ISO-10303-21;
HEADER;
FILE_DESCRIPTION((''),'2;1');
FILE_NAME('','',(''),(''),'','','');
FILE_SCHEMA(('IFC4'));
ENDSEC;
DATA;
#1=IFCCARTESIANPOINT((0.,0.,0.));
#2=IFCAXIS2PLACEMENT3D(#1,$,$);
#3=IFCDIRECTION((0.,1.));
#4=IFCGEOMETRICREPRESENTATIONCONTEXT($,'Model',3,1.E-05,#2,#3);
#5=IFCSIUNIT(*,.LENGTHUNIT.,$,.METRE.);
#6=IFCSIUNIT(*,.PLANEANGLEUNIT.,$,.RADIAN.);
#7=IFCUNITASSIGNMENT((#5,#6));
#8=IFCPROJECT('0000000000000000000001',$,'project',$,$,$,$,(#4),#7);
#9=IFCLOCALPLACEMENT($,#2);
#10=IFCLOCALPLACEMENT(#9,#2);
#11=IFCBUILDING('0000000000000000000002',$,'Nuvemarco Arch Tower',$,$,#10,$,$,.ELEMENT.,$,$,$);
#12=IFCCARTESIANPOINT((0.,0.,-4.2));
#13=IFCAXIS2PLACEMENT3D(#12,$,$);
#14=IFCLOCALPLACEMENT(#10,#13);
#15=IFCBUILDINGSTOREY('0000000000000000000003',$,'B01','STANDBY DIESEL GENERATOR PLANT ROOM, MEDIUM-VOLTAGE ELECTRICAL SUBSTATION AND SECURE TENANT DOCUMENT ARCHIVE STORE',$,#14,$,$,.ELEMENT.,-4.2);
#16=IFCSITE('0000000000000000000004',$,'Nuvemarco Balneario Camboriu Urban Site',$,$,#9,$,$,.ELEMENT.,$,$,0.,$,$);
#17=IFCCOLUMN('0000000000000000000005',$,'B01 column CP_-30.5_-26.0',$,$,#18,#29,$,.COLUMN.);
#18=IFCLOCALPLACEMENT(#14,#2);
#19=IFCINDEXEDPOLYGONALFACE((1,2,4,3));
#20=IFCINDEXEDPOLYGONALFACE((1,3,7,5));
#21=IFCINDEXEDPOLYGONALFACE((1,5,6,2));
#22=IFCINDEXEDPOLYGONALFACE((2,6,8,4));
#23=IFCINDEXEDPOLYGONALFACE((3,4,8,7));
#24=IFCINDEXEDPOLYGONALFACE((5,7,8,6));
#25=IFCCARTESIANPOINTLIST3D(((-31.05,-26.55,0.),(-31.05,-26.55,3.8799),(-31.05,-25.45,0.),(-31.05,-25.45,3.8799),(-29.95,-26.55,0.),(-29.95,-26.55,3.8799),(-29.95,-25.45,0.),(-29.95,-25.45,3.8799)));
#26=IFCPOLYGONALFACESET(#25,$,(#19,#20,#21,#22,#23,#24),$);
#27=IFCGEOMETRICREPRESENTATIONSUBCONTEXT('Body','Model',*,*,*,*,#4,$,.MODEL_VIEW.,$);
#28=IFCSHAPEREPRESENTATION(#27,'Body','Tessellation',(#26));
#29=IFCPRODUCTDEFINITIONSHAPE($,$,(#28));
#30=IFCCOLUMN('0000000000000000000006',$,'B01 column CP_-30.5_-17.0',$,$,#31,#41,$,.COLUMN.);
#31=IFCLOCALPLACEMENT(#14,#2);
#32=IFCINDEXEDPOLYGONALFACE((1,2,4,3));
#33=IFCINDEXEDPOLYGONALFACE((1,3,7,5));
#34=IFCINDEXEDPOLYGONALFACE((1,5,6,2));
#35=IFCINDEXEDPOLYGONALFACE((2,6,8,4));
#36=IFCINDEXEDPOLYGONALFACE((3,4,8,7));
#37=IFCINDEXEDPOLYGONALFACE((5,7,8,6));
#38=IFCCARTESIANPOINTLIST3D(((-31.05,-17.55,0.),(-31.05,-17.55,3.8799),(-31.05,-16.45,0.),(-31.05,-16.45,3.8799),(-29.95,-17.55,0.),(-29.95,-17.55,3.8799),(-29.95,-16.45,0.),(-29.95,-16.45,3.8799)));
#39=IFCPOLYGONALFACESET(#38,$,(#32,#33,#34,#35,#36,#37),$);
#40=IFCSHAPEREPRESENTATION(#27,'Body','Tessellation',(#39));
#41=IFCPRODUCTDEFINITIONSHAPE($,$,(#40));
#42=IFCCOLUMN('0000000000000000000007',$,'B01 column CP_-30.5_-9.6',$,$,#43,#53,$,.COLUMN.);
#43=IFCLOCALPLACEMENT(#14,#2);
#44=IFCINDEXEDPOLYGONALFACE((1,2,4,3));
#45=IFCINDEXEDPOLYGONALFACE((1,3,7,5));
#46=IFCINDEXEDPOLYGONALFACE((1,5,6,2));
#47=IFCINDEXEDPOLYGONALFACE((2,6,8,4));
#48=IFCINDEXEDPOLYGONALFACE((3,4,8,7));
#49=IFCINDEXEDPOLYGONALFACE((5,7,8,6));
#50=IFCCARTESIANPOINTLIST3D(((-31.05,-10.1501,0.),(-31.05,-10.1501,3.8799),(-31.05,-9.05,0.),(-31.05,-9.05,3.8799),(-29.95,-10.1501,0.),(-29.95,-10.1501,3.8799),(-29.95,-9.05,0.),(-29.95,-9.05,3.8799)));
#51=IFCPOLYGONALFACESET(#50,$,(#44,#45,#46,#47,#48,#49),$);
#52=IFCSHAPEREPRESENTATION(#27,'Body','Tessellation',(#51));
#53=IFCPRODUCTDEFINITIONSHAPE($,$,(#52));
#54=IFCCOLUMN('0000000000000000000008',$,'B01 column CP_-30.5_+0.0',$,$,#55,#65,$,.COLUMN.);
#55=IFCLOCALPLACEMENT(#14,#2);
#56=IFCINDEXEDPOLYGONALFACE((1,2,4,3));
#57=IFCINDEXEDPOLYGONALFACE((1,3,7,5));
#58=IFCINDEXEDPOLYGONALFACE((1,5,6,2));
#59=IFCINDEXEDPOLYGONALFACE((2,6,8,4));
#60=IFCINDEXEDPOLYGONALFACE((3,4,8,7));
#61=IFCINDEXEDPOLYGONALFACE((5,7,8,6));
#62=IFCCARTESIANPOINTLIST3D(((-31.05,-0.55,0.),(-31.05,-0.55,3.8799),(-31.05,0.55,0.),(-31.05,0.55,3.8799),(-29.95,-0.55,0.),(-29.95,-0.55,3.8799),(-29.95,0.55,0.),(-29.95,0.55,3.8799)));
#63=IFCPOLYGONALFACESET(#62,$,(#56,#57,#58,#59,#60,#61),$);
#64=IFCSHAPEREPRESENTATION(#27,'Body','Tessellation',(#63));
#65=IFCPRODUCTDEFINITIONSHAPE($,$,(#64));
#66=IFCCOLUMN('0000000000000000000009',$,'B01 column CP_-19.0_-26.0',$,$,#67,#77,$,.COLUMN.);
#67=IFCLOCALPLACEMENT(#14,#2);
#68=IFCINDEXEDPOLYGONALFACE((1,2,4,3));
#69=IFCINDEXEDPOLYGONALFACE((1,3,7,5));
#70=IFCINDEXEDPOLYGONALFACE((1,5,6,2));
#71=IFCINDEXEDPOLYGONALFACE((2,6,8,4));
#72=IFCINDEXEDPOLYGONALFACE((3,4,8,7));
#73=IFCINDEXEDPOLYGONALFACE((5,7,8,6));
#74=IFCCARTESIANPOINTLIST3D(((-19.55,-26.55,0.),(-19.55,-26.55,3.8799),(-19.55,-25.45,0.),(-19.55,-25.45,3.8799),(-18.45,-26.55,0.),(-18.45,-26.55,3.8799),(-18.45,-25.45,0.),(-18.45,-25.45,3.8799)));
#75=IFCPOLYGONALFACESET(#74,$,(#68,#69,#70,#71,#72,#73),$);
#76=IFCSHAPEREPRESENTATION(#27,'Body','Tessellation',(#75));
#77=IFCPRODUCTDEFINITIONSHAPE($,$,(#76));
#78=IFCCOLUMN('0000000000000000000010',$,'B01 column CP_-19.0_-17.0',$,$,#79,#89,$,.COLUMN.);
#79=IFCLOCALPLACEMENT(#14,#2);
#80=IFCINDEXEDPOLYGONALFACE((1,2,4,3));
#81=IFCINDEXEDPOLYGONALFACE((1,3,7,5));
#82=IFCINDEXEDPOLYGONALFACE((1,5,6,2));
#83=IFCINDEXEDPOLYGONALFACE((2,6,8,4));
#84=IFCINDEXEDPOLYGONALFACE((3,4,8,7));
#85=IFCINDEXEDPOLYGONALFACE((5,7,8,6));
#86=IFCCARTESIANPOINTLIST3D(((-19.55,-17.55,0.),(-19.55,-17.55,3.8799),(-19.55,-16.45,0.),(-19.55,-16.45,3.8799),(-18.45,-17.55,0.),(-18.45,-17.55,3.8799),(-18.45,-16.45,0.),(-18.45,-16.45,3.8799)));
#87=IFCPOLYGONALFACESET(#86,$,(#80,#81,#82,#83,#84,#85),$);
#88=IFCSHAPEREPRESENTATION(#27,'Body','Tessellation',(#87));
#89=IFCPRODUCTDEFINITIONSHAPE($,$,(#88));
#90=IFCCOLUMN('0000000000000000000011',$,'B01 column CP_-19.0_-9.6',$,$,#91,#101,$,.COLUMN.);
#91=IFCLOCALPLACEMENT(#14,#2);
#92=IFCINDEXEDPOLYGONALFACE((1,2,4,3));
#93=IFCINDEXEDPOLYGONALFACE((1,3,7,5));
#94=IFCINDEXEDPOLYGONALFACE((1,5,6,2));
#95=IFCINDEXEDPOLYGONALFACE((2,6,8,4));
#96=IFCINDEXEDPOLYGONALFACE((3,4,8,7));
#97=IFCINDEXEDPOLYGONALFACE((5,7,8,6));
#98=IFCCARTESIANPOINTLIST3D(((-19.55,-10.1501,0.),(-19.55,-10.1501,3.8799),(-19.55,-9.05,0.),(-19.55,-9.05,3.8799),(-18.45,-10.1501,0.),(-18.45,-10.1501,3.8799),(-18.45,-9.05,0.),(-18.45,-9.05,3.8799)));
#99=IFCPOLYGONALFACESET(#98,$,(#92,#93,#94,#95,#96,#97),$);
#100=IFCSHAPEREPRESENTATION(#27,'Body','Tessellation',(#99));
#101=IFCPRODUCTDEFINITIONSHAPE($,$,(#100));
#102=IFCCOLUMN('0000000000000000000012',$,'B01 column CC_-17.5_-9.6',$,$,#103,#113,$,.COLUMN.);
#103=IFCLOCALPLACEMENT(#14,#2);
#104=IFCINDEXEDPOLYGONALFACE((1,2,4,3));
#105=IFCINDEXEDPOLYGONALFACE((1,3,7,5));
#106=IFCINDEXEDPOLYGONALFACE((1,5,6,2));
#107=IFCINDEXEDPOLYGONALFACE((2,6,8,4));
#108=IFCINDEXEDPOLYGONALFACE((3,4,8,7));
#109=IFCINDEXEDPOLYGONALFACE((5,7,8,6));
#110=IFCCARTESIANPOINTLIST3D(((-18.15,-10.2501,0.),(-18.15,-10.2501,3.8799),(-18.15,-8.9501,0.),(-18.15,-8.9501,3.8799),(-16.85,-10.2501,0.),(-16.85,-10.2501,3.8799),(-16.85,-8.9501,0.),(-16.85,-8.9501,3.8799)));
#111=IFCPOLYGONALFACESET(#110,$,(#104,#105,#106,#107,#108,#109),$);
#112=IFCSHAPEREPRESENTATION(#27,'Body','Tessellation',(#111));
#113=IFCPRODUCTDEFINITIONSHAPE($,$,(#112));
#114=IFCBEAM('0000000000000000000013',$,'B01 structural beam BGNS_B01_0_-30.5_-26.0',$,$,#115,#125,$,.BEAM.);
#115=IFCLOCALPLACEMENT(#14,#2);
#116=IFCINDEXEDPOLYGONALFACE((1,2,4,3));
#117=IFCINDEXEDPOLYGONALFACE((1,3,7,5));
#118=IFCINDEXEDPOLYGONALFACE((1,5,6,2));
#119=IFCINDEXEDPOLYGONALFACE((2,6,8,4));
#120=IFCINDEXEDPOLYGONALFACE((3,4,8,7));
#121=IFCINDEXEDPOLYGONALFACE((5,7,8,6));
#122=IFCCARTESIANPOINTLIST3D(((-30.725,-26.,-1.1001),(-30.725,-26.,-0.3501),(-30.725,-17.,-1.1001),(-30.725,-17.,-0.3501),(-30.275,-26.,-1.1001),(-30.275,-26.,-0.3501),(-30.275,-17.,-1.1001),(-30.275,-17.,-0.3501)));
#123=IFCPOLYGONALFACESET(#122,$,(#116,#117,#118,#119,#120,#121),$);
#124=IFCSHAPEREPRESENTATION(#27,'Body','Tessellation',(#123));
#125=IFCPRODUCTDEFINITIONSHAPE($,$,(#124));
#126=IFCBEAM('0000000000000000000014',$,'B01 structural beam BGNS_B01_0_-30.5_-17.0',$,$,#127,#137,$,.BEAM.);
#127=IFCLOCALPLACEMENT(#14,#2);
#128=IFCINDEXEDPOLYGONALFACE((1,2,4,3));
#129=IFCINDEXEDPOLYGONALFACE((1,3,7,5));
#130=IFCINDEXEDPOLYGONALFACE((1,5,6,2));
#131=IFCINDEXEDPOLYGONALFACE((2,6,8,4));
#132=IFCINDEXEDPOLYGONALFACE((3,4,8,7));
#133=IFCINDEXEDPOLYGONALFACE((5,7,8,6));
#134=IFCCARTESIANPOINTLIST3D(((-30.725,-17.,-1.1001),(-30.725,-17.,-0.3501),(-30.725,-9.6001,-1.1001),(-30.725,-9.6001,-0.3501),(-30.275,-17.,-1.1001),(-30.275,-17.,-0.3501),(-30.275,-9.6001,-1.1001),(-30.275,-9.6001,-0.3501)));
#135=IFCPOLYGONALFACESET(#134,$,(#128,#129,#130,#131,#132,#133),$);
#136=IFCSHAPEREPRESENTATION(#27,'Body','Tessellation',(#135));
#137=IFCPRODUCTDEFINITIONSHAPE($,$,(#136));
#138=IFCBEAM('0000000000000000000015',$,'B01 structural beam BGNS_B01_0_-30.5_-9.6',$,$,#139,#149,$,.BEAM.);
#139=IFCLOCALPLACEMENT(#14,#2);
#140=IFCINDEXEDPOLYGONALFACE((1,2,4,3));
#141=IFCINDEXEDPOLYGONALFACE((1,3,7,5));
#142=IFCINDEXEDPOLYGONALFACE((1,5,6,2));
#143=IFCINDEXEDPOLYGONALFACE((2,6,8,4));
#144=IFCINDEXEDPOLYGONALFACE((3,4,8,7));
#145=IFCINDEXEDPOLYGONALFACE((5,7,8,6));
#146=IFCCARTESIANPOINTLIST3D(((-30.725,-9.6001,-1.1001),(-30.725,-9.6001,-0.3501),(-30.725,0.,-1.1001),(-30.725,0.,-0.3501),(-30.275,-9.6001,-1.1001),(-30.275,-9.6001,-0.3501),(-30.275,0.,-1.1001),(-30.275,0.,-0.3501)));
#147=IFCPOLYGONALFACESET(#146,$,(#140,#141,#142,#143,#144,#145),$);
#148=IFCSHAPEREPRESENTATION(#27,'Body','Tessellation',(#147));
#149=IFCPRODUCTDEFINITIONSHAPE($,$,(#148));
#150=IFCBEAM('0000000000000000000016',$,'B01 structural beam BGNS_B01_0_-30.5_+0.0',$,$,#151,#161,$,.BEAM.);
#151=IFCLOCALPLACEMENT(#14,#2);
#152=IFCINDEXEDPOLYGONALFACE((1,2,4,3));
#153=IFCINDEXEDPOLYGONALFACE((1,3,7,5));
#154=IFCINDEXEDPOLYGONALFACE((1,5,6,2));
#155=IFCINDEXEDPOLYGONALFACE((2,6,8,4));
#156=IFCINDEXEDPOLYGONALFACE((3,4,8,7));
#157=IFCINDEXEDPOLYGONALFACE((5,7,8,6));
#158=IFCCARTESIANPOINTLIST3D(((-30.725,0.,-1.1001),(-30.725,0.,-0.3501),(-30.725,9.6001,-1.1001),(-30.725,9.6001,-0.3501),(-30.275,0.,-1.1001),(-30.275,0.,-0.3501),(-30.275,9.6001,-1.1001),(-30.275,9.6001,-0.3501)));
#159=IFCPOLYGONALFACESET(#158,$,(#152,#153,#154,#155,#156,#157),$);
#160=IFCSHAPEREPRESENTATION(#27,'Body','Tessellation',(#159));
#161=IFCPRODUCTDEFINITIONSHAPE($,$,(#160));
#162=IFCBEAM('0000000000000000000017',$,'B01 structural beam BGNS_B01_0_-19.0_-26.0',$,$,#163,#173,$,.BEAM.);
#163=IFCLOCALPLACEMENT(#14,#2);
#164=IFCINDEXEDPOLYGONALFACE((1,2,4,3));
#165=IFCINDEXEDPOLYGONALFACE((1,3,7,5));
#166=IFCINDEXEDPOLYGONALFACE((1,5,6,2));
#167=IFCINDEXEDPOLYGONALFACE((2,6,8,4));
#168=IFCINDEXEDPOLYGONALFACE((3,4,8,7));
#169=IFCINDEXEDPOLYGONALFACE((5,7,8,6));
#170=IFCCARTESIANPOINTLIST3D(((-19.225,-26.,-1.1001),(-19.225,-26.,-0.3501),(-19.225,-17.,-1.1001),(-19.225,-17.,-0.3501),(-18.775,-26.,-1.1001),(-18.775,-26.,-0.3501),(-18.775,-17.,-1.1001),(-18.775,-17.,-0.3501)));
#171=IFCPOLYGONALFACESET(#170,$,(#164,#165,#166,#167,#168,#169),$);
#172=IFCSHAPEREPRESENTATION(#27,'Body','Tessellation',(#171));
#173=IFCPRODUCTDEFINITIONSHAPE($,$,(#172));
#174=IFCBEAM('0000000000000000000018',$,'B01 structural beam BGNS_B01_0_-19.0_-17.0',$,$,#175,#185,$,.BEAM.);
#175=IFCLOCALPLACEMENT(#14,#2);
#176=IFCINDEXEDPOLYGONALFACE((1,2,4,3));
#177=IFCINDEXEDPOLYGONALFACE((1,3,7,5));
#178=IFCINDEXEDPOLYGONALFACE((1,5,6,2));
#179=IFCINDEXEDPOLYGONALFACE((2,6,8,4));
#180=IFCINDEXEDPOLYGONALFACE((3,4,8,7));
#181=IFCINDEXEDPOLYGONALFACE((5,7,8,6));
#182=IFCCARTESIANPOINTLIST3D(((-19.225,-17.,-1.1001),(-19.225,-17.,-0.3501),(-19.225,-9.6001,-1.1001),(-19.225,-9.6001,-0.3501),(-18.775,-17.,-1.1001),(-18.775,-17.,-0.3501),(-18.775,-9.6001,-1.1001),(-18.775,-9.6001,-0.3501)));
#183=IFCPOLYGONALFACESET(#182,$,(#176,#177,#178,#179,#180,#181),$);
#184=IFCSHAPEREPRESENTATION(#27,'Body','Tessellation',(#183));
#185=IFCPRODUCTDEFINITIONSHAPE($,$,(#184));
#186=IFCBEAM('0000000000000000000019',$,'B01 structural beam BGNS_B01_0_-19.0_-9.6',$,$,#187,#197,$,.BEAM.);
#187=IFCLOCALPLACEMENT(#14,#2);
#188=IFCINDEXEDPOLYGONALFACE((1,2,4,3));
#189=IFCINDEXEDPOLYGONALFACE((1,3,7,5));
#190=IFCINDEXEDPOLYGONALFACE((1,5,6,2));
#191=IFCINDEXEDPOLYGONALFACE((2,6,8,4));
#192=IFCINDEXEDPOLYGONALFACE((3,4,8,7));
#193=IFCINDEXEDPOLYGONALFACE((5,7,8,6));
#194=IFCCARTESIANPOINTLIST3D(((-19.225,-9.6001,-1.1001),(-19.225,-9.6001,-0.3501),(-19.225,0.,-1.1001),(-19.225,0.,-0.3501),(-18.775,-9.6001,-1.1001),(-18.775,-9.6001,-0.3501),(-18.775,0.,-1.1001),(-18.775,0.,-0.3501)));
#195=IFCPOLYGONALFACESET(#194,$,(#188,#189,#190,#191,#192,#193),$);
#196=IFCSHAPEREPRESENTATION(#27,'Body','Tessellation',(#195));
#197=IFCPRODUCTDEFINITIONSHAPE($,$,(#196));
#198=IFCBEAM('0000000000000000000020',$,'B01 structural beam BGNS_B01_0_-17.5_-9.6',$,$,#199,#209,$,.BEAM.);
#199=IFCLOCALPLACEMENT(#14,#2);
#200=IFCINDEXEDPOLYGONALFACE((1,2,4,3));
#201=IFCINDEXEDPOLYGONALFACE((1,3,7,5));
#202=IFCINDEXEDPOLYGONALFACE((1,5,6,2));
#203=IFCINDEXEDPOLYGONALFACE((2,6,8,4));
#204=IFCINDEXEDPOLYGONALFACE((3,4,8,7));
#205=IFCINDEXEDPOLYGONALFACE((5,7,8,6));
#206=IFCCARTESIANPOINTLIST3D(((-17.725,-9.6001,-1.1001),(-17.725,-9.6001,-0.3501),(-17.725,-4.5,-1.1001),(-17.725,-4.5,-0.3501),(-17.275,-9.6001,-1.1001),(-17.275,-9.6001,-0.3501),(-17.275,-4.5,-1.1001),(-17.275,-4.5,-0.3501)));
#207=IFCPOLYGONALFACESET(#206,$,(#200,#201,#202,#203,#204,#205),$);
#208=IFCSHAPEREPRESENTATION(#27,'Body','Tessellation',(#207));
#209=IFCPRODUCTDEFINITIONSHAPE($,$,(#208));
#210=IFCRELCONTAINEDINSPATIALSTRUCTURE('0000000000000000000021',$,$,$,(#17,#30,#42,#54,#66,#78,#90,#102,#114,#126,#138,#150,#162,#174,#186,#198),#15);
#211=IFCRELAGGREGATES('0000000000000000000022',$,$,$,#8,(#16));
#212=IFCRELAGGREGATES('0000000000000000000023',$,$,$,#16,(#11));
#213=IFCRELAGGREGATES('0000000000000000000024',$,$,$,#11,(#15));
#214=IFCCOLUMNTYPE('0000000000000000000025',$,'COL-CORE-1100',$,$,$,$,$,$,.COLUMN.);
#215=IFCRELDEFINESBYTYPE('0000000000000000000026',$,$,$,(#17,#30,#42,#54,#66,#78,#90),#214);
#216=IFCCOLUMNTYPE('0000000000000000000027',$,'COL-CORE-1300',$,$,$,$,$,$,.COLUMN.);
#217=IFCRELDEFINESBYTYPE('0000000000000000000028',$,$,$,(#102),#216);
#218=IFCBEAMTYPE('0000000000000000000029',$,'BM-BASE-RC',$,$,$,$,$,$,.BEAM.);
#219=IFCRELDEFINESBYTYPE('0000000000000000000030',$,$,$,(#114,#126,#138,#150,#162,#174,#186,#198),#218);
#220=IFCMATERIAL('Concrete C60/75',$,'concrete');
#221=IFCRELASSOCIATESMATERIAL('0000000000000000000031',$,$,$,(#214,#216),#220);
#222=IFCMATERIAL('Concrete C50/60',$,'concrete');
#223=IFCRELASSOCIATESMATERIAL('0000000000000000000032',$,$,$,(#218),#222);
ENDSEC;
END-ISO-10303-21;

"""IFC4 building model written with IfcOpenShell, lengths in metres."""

from ifc_helpers import new_model, si_unit, direction, frame, origin, origin_2d, place, context, subcontext, project, spatial, rectangle, extrude, material, material_profile, profile_set, type_object, element, save


model = new_model("IFC4")

# Units and contexts
model_context = context("Model", 3, precision=1e-05, world=origin(), true_north=direction((0.0, 1.0)))
body_context = subcontext(model_context, "Body", "Model", "MODEL_VIEW")
ifc_project = project(units=[si_unit("LENGTHUNIT", "METRE"), si_unit("PLANEANGLEUNIT", "RADIAN")], contexts=[model_context])

# Site, building, storey
site_placement = place(None, origin())
site = spatial("IfcSite", under=ifc_project, at=site_placement, Name="Nuvemarco Balneario Camboriu Urban Site", CompositionType="ELEMENT", RefElevation=0.0)
building_placement = place(site_placement, origin())
building = spatial("IfcBuilding", under=site, at=building_placement, Name="Nuvemarco Arch Tower", CompositionType="ELEMENT")
storey_placement = place(building_placement, frame((0.0, 0.0, -4.2)))
storey = spatial("IfcBuildingStorey", under=building, at=storey_placement, Name="B01", Description="STANDBY DIESEL GENERATOR PLANT ROOM, MEDIUM-VOLTAGE ELECTRICAL SUBSTATION AND SECURE TENANT DOCUMENT ARCHIVE STORE", CompositionType="ELEMENT", Elevation=-4.2)

# Columns
ifc_material_1 = material(Name="Concrete C60/75", Category="concrete")
ifc_material_profile_1 = material_profile(ifc_material_1, rectangle(XDim=1.1001, YDim=1.1001, at=origin_2d()), Name="RC-COL-1100x1100")
ifc_profile_set_1 = profile_set([ifc_material_profile_1], Name="Concrete C60/75")
column_type_1 = type_object("IfcColumnType", Name="COL-CORE-1100", PredefinedType="COLUMN", material=ifc_profile_set_1)
for number, where, z_axis, x_axis, name in (
    (1, (-30.5, -26.0, 0.0), (0.0, 0.0, 1.0), (1.0, 0.0, 0.0), "B01 column CP_-30.5_-26.0"),
    (2, (-30.5, -17.0, 0.0), (0.0, 0.0, 1.0), (1.0, 0.0, 0.0), "B01 column CP_-30.5_-17.0"),
    (3, (-30.5, -9.6001, 0.0), (0.0, 0.0, 1.0), (1.0, 0.0, 0.0), "B01 column CP_-30.5_-9.6"),
    (4, (-30.5, 0.0, 0.0), (0.0, 0.0, 1.0), (1.0, 0.0, 0.0), "B01 column CP_-30.5_+0.0"),
    (5, (-19.0, -26.0, 0.0), (0.0, 0.0, 1.0), (1.0, 0.0, 0.0), "B01 column CP_-19.0_-26.0"),
    (6, (-19.0, -17.0, 0.0), (0.0, 0.0, 1.0), (1.0, 0.0, 0.0), "B01 column CP_-19.0_-17.0"),
    (7, (-19.0, -9.6001, 0.0), (0.0, 0.0, 1.0), (1.0, 0.0, 0.0), "B01 column CP_-19.0_-9.6"),
):
    element("IfcColumn", number, at=place(storey_placement, frame(where, z_axis=z_axis, x_axis=x_axis)), inside=storey, type_object=column_type_1, Name=name, PredefinedType="COLUMN", context=body_context, shape_type="SweptSolid", body=[
        extrude(rectangle(XDim=1.1001, YDim=1.1001, at=origin_2d()), origin(), (0.0, 0.0, 1.0), 3.8799),
    ])
ifc_material_profile_2 = material_profile(ifc_material_1, rectangle(XDim=1.3, YDim=1.3, at=origin_2d()), Name="RC-COL-1300x1300")
ifc_profile_set_2 = profile_set([ifc_material_profile_2], Name="Concrete C60/75")
column_type_2 = type_object("IfcColumnType", Name="COL-CORE-1300", PredefinedType="COLUMN", material=ifc_profile_set_2)
column_placement = place(storey_placement, frame((-17.5, -9.6001, 0.0), z_axis=(0.0, 0.0, 1.0), x_axis=(1.0, 0.0, 0.0)))
element("IfcColumn", 8, at=column_placement, inside=storey, type_object=column_type_2, Name="B01 column CC_-17.5_-9.6", PredefinedType="COLUMN", context=body_context, shape_type="SweptSolid", body=[
    extrude(rectangle(XDim=1.3, YDim=1.3, at=origin_2d()), origin(), (0.0, 0.0, 1.0), 3.8799),
])

# Beams
ifc_material_2 = material(Name="Concrete C50/60", Category="concrete")
ifc_material_profile_3 = material_profile(ifc_material_2, rectangle(XDim=0.45, YDim=0.75, at=origin_2d()), Name="RC-BM-450x750")
ifc_profile_set_3 = profile_set([ifc_material_profile_3], Name="Concrete C50/60")
beam_type_1 = type_object("IfcBeamType", Name="BM-BASE-RC", PredefinedType="BEAM", material=ifc_profile_set_3)
beam_1_placement = place(storey_placement, frame((-30.5, -26.0, -0.7251), z_axis=(0.0, 1.0, 0.0), x_axis=(-1.0, 0.0, 0.0)))
element("IfcBeam", 9, at=beam_1_placement, inside=storey, type_object=beam_type_1, Name="B01 structural beam BGNS_B01_0_-30.5_-26.0", PredefinedType="BEAM", context=body_context, shape_type="SweptSolid", body=[
    extrude(rectangle(XDim=0.45, YDim=0.75, at=origin_2d()), origin(), (0.0, 0.0, 1.0), 9.0),
])
beam_2_placement = place(storey_placement, frame((-30.5, -17.0, -0.7251), z_axis=(0.0, 1.0, 0.0), x_axis=(-1.0, 0.0, 0.0)))
element("IfcBeam", 10, at=beam_2_placement, inside=storey, type_object=beam_type_1, Name="B01 structural beam BGNS_B01_0_-30.5_-17.0", PredefinedType="BEAM", context=body_context, shape_type="SweptSolid", body=[
    extrude(rectangle(XDim=0.45, YDim=0.75, at=origin_2d()), origin(), (0.0, 0.0, 1.0), 7.3999),
])
for number, where, z_axis, x_axis, name in (
    (11, (-30.5, -9.6001, -0.7251), (0.0, 1.0, 0.0), (-1.0, 0.0, 0.0), "B01 structural beam BGNS_B01_0_-30.5_-9.6"),
    (12, (-30.5, 0.0, -0.7251), (0.0, 1.0, 0.0), (-1.0, 0.0, 0.0), "B01 structural beam BGNS_B01_0_-30.5_+0.0"),
):
    element("IfcBeam", number, at=place(storey_placement, frame(where, z_axis=z_axis, x_axis=x_axis)), inside=storey, type_object=beam_type_1, Name=name, PredefinedType="BEAM", context=body_context, shape_type="SweptSolid", body=[
        extrude(rectangle(XDim=0.45, YDim=0.75, at=origin_2d()), origin(), (0.0, 0.0, 1.0), 9.6001),
    ])
beam_3_placement = place(storey_placement, frame((-19.0, -26.0, -0.7251), z_axis=(0.0, 1.0, 0.0), x_axis=(-1.0, 0.0, 0.0)))
element("IfcBeam", 13, at=beam_3_placement, inside=storey, type_object=beam_type_1, Name="B01 structural beam BGNS_B01_0_-19.0_-26.0", PredefinedType="BEAM", context=body_context, shape_type="SweptSolid", body=[
    extrude(rectangle(XDim=0.45, YDim=0.75, at=origin_2d()), origin(), (0.0, 0.0, 1.0), 9.0),
])
beam_4_placement = place(storey_placement, frame((-19.0, -17.0, -0.7251), z_axis=(0.0, 1.0, 0.0), x_axis=(-1.0, 0.0, 0.0)))
element("IfcBeam", 14, at=beam_4_placement, inside=storey, type_object=beam_type_1, Name="B01 structural beam BGNS_B01_0_-19.0_-17.0", PredefinedType="BEAM", context=body_context, shape_type="SweptSolid", body=[
    extrude(rectangle(XDim=0.45, YDim=0.75, at=origin_2d()), origin(), (0.0, 0.0, 1.0), 7.3999),
])
beam_5_placement = place(storey_placement, frame((-19.0, -9.6001, -0.7251), z_axis=(0.0, 1.0, 0.0), x_axis=(-1.0, 0.0, 0.0)))
element("IfcBeam", 15, at=beam_5_placement, inside=storey, type_object=beam_type_1, Name="B01 structural beam BGNS_B01_0_-19.0_-9.6", PredefinedType="BEAM", context=body_context, shape_type="SweptSolid", body=[
    extrude(rectangle(XDim=0.45, YDim=0.75, at=origin_2d()), origin(), (0.0, 0.0, 1.0), 9.6001),
])
beam_6_placement = place(storey_placement, frame((-17.5, -9.6001, -0.7251), z_axis=(0.0, 1.0, 0.0), x_axis=(-1.0, 0.0, 0.0)))
element("IfcBeam", 16, at=beam_6_placement, inside=storey, type_object=beam_type_1, Name="B01 structural beam BGNS_B01_0_-17.5_-9.6", PredefinedType="BEAM", context=body_context, shape_type="SweptSolid", body=[
    extrude(rectangle(XDim=0.45, YDim=0.75, at=origin_2d()), origin(), (0.0, 0.0, 1.0), 5.1001),
])

save(model, "model.ifc")
